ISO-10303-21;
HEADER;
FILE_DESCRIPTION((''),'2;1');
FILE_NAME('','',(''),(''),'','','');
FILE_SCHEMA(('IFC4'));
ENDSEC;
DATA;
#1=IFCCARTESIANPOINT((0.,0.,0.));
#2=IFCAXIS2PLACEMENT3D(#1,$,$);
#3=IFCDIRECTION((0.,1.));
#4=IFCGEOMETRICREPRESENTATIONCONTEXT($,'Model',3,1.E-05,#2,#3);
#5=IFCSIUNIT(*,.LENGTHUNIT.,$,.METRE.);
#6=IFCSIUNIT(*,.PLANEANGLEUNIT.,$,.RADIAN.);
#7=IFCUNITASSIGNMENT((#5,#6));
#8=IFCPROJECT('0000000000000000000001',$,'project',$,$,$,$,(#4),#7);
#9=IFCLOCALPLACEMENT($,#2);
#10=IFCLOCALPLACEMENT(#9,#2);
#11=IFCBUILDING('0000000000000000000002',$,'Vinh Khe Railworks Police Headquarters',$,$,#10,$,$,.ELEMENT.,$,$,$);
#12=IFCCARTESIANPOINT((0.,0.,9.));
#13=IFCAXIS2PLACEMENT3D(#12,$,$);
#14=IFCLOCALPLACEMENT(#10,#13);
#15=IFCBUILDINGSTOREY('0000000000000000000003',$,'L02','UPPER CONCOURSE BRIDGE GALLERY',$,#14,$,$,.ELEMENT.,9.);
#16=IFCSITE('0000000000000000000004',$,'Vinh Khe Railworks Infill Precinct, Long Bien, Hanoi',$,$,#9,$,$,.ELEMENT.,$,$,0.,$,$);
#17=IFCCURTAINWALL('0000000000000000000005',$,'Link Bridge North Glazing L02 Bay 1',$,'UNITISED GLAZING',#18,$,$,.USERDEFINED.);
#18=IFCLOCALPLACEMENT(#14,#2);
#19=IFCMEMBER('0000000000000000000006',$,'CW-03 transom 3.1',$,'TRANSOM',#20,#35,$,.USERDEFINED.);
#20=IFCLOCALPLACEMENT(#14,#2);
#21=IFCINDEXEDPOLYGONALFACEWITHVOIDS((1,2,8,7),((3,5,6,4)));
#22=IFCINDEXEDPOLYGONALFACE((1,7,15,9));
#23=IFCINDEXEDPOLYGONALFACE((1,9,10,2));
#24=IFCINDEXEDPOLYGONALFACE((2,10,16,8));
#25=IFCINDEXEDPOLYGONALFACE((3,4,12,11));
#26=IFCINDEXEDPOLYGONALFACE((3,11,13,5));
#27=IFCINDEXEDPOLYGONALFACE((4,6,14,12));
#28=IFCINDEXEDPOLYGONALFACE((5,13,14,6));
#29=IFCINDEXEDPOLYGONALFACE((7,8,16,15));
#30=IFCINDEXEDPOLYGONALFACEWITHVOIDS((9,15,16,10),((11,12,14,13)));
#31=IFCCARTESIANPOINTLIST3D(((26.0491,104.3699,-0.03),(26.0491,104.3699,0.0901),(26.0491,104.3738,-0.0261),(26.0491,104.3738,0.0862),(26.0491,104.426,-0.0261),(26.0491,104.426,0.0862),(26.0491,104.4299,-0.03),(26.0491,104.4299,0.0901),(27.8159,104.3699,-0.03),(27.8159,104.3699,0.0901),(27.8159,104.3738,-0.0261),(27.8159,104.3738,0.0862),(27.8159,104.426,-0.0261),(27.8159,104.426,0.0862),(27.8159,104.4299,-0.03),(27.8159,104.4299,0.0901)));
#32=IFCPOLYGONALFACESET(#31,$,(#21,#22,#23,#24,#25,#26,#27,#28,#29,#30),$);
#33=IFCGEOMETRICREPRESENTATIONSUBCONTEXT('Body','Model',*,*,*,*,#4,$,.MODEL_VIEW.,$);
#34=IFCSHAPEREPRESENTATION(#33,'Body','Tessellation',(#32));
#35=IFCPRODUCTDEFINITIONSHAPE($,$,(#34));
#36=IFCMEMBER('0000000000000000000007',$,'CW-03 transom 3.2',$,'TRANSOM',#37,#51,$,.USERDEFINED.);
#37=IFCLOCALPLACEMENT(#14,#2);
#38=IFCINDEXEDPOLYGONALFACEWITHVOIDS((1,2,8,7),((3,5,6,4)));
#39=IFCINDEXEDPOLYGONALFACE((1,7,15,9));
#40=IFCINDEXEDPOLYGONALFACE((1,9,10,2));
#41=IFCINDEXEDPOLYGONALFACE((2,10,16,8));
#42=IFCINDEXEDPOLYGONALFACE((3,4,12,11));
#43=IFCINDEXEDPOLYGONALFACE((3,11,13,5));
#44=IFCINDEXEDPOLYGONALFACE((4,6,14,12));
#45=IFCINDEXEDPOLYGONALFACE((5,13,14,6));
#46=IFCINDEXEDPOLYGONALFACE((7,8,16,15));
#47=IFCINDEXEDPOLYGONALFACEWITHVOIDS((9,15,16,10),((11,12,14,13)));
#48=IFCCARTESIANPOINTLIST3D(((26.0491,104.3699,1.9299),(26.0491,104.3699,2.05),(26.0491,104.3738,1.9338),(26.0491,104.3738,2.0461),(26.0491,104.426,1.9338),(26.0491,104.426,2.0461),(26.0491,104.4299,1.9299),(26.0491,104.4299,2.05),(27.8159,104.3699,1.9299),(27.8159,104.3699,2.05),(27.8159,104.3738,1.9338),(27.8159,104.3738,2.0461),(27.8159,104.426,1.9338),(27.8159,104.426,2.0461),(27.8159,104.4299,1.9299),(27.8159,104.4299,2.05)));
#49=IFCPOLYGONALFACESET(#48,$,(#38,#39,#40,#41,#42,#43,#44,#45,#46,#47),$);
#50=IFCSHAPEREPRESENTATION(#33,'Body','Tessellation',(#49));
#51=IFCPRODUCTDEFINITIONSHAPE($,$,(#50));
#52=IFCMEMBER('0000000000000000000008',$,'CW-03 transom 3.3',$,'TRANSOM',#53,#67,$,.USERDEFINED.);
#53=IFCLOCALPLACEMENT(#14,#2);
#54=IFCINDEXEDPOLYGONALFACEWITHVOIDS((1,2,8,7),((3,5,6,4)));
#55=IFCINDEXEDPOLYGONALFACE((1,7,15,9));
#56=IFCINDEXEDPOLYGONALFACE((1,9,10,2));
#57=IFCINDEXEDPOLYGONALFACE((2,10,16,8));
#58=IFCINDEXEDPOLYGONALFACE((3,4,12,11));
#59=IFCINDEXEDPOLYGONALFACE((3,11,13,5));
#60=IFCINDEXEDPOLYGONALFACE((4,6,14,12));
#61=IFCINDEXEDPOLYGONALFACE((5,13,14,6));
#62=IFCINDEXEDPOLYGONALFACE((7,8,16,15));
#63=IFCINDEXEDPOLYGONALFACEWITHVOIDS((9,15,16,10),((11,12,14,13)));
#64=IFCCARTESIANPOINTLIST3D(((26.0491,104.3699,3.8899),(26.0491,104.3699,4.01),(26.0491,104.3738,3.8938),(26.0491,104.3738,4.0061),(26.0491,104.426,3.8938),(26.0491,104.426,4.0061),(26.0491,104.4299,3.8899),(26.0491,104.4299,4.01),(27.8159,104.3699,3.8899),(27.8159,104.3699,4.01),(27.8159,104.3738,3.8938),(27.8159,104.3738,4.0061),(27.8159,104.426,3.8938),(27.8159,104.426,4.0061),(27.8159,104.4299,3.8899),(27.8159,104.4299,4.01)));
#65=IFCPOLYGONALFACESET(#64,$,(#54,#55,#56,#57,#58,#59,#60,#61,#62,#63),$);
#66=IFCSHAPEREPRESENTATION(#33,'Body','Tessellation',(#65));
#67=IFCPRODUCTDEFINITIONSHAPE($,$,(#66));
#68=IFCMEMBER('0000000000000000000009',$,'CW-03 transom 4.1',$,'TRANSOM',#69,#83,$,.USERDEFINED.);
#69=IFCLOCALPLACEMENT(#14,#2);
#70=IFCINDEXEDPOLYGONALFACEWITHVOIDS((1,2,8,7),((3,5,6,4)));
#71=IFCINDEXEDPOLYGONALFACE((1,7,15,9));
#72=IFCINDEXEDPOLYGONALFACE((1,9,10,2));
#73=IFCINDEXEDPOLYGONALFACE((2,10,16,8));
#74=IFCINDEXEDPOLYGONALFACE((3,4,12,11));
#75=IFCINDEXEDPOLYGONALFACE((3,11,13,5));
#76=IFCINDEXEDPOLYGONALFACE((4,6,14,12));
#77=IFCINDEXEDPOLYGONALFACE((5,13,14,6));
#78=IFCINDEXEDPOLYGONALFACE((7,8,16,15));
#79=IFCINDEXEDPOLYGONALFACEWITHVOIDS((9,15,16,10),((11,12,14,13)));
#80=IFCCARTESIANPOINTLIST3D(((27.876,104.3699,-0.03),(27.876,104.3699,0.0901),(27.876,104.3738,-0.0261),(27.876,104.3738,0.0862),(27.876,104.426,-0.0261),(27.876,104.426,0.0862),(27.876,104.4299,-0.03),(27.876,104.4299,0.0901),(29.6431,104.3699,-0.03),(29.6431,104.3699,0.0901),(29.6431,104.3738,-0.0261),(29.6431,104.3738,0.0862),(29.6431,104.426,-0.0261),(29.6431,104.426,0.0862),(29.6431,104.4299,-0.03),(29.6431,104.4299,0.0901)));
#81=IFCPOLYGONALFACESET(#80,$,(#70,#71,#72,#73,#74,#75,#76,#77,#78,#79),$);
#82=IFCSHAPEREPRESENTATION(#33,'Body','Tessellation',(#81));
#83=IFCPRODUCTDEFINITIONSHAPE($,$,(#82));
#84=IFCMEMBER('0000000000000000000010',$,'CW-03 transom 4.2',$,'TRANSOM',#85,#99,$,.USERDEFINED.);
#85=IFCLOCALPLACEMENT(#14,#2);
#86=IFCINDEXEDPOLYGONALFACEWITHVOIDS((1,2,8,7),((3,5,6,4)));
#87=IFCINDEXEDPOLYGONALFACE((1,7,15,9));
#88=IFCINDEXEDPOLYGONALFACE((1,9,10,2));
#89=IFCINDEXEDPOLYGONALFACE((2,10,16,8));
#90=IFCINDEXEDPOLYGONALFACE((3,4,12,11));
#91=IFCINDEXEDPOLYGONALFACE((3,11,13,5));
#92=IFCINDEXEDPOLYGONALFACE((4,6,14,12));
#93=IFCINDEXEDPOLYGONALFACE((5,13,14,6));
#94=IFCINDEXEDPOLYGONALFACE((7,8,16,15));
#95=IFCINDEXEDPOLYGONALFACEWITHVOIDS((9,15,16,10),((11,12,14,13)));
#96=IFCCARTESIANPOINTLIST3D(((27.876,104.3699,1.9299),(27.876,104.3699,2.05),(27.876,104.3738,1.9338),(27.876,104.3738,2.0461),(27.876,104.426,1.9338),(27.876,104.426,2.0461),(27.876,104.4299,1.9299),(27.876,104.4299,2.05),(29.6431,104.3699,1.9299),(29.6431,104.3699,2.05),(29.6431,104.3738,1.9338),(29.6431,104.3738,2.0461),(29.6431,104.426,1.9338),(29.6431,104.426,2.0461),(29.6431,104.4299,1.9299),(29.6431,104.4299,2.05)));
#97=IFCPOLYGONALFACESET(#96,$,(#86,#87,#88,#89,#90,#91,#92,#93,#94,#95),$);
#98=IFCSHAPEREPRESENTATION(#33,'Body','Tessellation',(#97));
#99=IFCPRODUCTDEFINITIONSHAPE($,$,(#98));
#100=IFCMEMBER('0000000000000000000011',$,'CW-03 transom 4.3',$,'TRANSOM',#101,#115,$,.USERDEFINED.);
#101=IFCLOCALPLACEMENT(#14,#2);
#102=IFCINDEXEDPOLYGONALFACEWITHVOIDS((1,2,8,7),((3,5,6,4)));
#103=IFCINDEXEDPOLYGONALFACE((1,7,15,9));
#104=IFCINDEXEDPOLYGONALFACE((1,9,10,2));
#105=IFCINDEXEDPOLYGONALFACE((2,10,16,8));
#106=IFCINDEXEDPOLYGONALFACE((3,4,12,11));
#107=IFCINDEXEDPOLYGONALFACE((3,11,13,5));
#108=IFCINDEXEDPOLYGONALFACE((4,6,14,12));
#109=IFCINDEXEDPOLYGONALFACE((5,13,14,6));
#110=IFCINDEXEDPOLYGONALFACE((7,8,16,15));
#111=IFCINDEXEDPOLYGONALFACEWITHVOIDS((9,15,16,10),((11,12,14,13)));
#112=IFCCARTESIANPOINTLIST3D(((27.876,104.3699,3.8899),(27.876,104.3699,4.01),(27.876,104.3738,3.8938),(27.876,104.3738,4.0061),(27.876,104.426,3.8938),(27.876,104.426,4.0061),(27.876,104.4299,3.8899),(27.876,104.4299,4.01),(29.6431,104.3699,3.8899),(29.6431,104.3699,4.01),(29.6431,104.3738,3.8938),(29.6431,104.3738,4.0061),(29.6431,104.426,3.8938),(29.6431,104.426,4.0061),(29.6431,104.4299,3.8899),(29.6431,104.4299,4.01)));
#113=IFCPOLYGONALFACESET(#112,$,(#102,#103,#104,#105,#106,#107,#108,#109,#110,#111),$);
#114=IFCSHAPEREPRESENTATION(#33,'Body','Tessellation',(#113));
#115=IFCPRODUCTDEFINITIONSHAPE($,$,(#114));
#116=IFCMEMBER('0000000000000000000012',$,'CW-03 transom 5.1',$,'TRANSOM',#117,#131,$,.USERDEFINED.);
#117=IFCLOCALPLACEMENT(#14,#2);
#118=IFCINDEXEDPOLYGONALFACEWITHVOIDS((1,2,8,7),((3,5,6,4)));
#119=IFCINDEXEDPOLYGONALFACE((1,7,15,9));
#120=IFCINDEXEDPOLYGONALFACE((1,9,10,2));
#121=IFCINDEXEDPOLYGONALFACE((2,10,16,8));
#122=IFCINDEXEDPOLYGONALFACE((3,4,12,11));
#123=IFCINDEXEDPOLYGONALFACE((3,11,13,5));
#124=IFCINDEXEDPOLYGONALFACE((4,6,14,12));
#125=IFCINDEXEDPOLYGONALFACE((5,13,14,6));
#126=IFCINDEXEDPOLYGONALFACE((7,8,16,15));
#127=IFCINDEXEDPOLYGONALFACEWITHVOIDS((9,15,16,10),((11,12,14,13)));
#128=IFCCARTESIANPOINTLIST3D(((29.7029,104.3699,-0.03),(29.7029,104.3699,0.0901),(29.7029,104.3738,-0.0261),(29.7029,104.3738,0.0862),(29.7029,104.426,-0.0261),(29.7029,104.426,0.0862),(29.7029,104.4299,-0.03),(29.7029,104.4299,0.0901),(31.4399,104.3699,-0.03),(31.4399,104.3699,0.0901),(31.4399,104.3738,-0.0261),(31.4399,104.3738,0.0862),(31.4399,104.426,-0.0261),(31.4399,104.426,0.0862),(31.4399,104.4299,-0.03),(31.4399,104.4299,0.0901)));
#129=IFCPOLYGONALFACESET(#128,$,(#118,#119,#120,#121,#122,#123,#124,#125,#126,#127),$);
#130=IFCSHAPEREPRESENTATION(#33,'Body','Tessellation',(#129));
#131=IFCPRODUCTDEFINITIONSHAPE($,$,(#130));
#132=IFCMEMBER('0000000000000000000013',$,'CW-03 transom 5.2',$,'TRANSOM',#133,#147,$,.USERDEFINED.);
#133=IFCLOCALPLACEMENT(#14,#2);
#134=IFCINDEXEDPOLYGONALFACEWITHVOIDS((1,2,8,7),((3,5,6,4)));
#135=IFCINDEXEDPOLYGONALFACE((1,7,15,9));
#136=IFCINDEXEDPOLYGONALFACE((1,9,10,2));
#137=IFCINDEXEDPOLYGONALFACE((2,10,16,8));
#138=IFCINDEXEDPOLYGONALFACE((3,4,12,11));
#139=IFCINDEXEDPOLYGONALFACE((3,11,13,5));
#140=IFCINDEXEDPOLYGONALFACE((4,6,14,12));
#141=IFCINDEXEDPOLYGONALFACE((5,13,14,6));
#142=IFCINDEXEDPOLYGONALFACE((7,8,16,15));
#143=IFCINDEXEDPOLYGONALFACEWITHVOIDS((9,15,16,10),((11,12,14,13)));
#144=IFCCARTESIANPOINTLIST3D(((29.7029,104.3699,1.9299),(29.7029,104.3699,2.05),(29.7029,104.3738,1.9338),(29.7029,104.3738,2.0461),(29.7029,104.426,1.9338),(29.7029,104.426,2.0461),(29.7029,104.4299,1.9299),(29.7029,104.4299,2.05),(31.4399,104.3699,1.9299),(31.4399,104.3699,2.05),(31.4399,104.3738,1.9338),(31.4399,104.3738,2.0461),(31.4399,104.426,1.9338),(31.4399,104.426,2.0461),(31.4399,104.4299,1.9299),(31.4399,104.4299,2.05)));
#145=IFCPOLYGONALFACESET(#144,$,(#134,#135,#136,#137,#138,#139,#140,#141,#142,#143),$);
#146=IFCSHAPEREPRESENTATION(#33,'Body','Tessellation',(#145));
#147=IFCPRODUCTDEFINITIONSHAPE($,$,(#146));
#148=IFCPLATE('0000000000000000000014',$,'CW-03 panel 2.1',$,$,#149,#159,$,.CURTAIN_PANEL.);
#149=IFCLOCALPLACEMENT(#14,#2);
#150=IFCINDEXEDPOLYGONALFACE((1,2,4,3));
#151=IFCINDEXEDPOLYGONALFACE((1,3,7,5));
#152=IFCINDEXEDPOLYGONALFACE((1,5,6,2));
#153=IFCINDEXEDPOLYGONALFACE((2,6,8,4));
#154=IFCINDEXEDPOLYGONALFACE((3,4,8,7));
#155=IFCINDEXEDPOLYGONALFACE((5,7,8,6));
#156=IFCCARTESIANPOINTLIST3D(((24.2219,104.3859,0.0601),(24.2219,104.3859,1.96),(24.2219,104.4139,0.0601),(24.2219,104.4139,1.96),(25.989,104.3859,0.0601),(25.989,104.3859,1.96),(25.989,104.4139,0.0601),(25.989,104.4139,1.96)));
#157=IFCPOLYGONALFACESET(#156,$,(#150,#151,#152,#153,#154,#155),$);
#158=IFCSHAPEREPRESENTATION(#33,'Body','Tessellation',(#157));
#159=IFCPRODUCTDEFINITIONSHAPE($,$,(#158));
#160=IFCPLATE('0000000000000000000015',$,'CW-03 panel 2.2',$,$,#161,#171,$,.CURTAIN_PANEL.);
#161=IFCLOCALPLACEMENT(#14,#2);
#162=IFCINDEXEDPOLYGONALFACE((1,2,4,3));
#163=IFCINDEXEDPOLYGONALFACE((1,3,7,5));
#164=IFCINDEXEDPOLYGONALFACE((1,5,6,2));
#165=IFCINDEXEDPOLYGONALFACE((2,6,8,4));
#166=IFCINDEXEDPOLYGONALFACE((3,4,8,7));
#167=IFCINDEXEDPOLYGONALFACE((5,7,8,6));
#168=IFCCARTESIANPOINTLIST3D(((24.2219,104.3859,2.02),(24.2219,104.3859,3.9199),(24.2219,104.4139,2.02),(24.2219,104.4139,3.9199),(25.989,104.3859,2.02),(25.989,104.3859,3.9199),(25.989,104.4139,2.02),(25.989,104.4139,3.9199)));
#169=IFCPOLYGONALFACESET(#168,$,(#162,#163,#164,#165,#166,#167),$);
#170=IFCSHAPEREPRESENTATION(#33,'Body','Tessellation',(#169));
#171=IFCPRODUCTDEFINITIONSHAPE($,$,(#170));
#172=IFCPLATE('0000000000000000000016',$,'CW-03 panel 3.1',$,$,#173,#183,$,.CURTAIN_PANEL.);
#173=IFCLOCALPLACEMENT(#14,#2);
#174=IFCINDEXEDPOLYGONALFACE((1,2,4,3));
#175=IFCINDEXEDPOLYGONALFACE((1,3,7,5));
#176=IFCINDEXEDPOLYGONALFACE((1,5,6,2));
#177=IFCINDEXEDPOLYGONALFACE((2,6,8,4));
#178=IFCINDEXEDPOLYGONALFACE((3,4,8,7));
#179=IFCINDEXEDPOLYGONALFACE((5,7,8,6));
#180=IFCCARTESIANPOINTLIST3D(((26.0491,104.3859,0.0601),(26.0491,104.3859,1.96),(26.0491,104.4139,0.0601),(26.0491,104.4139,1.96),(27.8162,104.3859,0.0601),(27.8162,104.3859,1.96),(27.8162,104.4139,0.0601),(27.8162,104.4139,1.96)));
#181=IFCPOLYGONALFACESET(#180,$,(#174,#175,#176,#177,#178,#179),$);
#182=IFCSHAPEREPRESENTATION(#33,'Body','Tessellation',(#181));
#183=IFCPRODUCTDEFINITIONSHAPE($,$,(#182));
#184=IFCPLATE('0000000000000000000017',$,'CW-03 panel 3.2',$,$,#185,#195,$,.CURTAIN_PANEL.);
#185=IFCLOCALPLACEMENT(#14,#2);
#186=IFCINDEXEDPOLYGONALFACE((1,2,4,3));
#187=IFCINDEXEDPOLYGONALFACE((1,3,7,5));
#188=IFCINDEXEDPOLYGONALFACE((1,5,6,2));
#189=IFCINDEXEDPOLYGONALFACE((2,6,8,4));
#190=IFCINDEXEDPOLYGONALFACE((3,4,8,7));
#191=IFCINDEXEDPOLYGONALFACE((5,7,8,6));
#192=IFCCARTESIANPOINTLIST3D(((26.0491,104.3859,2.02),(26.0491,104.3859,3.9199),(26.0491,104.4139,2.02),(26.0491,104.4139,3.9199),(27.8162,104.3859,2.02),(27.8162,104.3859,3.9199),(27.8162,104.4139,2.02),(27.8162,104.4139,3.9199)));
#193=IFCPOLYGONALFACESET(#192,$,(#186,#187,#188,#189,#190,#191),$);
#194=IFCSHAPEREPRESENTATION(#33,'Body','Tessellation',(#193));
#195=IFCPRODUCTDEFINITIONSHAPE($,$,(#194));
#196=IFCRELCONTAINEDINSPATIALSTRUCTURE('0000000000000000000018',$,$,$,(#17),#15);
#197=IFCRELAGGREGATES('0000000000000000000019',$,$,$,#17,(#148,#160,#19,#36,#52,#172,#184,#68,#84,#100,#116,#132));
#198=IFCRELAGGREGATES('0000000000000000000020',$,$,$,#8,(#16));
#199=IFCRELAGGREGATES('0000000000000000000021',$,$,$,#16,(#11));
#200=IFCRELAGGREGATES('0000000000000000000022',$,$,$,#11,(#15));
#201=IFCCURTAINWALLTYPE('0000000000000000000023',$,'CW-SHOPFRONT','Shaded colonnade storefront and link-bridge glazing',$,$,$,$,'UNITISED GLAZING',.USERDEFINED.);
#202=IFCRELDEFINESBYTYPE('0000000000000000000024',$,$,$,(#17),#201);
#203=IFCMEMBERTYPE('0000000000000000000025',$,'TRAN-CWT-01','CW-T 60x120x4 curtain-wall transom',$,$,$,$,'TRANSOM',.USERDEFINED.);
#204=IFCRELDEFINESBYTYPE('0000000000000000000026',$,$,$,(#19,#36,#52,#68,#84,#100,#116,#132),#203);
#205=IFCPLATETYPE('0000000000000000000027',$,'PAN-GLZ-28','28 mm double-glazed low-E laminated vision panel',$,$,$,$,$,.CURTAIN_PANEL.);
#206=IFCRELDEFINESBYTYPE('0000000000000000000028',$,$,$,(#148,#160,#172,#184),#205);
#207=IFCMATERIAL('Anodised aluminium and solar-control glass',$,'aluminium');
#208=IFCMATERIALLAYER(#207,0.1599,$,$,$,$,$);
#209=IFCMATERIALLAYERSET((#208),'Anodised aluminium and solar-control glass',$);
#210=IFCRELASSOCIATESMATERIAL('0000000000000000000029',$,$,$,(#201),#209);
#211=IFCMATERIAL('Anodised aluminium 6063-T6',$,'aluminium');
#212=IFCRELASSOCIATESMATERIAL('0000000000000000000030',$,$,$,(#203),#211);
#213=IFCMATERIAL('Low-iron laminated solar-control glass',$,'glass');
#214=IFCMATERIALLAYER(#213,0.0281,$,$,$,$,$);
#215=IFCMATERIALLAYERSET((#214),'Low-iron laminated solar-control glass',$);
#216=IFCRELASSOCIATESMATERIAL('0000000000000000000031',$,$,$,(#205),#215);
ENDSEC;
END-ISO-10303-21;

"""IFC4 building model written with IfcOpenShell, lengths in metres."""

from ifc_helpers import new_model, si_unit, direction, frame, origin, origin_2d, place, context, subcontext, project, spatial, rectangle, hollow_rectangle, extrude, material, layer, layer_set, material_profile, profile_set, type_object, element, aggregate, save


model = new_model("IFC4")

# Units and contexts
model_context = context("Model", 3, precision=1e-05, world=origin(), true_north=direction((0.0, 1.0)))
body_context = subcontext(model_context, "Body", "Model", "MODEL_VIEW")
ifc_project = project(units=[si_unit("LENGTHUNIT", "METRE"), si_unit("PLANEANGLEUNIT", "RADIAN")], contexts=[model_context])

# Site, building, storey
site_placement = place(None, origin())
site = spatial("IfcSite", under=ifc_project, at=site_placement, Name="Vinh Khe Railworks Infill Precinct, Long Bien, Hanoi", CompositionType="ELEMENT", RefElevation=0.0)
building_placement = place(site_placement, origin())
building = spatial("IfcBuilding", under=site, at=building_placement, Name="Vinh Khe Railworks Police Headquarters", CompositionType="ELEMENT")
storey_placement = place(building_placement, frame((0.0, 0.0, 9.0)))
storey = spatial("IfcBuildingStorey", under=building, at=storey_placement, Name="L02", Description="UPPER CONCOURSE BRIDGE GALLERY", CompositionType="ELEMENT", Elevation=9.0)

# Curtain wall
ifc_material_1 = material(Name="Anodised aluminium and solar-control glass", Category="aluminium")
ifc_layer_1 = layer(ifc_material_1, 0.1599)
ifc_layer_set_1 = layer_set([ifc_layer_1], Name="Anodised aluminium and solar-control glass")
curtain_wall_type = type_object("IfcCurtainWallType", Name="CW-SHOPFRONT", Description="Shaded colonnade storefront and link-bridge glazing", ElementType="UNITISED GLAZING", PredefinedType="USERDEFINED", material=ifc_layer_set_1)
curtain_wall_placement = place(storey_placement, origin())
curtain_wall = element("IfcCurtainWall", 1, at=curtain_wall_placement, inside=storey, type_object=curtain_wall_type, Name="Link Bridge North Glazing L02 Bay 1", ObjectType="UNITISED GLAZING", PredefinedType="USERDEFINED")
ifc_material_2 = material(Name="Anodised aluminium 6063-T6", Category="aluminium")

# Members
ifc_material_profile_1 = material_profile(ifc_material_2, hollow_rectangle(XDim=0.0601, YDim=0.1201, WallThickness=0.0039, at=origin_2d()), Name="CW-T 60x120x4")
ifc_profile_set_1 = profile_set([ifc_material_profile_1], Name="Anodised aluminium 6063-T6")
member_type_1 = type_object("IfcMemberType", Name="TRAN-CWT-01", Description="CW-T 60x120x4 curtain-wall transom", ElementType="TRANSOM", PredefinedType="USERDEFINED", material=ifc_profile_set_1)
member_1_placement = place(storey_placement, frame((26.0491, 104.3999, 0.03), z_axis=(1.0, 0.0, 0.0), x_axis=(0.0, 1.0, 0.0)))
member_1 = element("IfcMember", 2, at=member_1_placement, type_object=member_type_1, Name="CW-03 transom 3.1", ObjectType="TRANSOM", PredefinedType="USERDEFINED", context=body_context, shape_type="SweptSolid", body=[
    extrude(hollow_rectangle(XDim=0.0601, YDim=0.1201, WallThickness=0.0039, at=origin_2d()), origin(), (0.0, 0.0, 1.0), 1.7668),
])
member_2_placement = place(storey_placement, frame((26.0491, 104.3999, 1.99), z_axis=(1.0, 0.0, 0.0), x_axis=(0.0, 1.0, 0.0)))
member_2 = element("IfcMember", 3, at=member_2_placement, type_object=member_type_1, Name="CW-03 transom 3.2", ObjectType="TRANSOM", PredefinedType="USERDEFINED", context=body_context, shape_type="SweptSolid", body=[
    extrude(hollow_rectangle(XDim=0.0601, YDim=0.1201, WallThickness=0.0039, at=origin_2d()), origin(), (0.0, 0.0, 1.0), 1.7668),
])
member_3_placement = place(storey_placement, frame((26.0491, 104.3999, 3.95), z_axis=(1.0, 0.0, 0.0), x_axis=(0.0, 1.0, 0.0)))
member_3 = element("IfcMember", 4, at=member_3_placement, type_object=member_type_1, Name="CW-03 transom 3.3", ObjectType="TRANSOM", PredefinedType="USERDEFINED", context=body_context, shape_type="SweptSolid", body=[
    extrude(hollow_rectangle(XDim=0.0601, YDim=0.1201, WallThickness=0.0039, at=origin_2d()), origin(), (0.0, 0.0, 1.0), 1.7668),
])
member_4_placement = place(storey_placement, frame((27.876, 104.3999, 0.03), z_axis=(1.0, 0.0, 0.0), x_axis=(0.0, 1.0, 0.0)))
member_4 = element("IfcMember", 5, at=member_4_placement, type_object=member_type_1, Name="CW-03 transom 4.1", ObjectType="TRANSOM", PredefinedType="USERDEFINED", context=body_context, shape_type="SweptSolid", body=[
    extrude(hollow_rectangle(XDim=0.0601, YDim=0.1201, WallThickness=0.0039, at=origin_2d()), origin(), (0.0, 0.0, 1.0), 1.7671),
])
member_5_placement = place(storey_placement, frame((27.876, 104.3999, 1.99), z_axis=(1.0, 0.0, 0.0), x_axis=(0.0, 1.0, 0.0)))
member_5 = element("IfcMember", 6, at=member_5_placement, type_object=member_type_1, Name="CW-03 transom 4.2", ObjectType="TRANSOM", PredefinedType="USERDEFINED", context=body_context, shape_type="SweptSolid", body=[
    extrude(hollow_rectangle(XDim=0.0601, YDim=0.1201, WallThickness=0.0039, at=origin_2d()), origin(), (0.0, 0.0, 1.0), 1.7671),
])
member_6_placement = place(storey_placement, frame((27.876, 104.3999, 3.95), z_axis=(1.0, 0.0, 0.0), x_axis=(0.0, 1.0, 0.0)))
member_6 = element("IfcMember", 7, at=member_6_placement, type_object=member_type_1, Name="CW-03 transom 4.3", ObjectType="TRANSOM", PredefinedType="USERDEFINED", context=body_context, shape_type="SweptSolid", body=[
    extrude(hollow_rectangle(XDim=0.0601, YDim=0.1201, WallThickness=0.0039, at=origin_2d()), origin(), (0.0, 0.0, 1.0), 1.7671),
])
member_7_placement = place(storey_placement, frame((29.7029, 104.3999, 0.03), z_axis=(1.0, 0.0, 0.0), x_axis=(0.0, 1.0, 0.0)))
member_7 = element("IfcMember", 8, at=member_7_placement, type_object=member_type_1, Name="CW-03 transom 5.1", ObjectType="TRANSOM", PredefinedType="USERDEFINED", context=body_context, shape_type="SweptSolid", body=[
    extrude(hollow_rectangle(XDim=0.0601, YDim=0.1201, WallThickness=0.0039, at=origin_2d()), origin(), (0.0, 0.0, 1.0), 1.7371),
])
member_8_placement = place(storey_placement, frame((29.7029, 104.3999, 1.99), z_axis=(1.0, 0.0, 0.0), x_axis=(0.0, 1.0, 0.0)))
member_8 = element("IfcMember", 9, at=member_8_placement, type_object=member_type_1, Name="CW-03 transom 5.2", ObjectType="TRANSOM", PredefinedType="USERDEFINED", context=body_context, shape_type="SweptSolid", body=[
    extrude(hollow_rectangle(XDim=0.0601, YDim=0.1201, WallThickness=0.0039, at=origin_2d()), origin(), (0.0, 0.0, 1.0), 1.7371),
])

# Plates
ifc_material_3 = material(Name="Low-iron laminated solar-control glass", Category="glass")
ifc_layer_2 = layer(ifc_material_3, 0.0281)
ifc_layer_set_2 = layer_set([ifc_layer_2], Name="Low-iron laminated solar-control glass")
plate_type = type_object("IfcPlateType", Name="PAN-GLZ-28", Description="28 mm double-glazed low-E laminated vision panel", PredefinedType="CURTAIN_PANEL", material=ifc_layer_set_2)
plate_1_placement = place(storey_placement, frame((25.1055, 104.3999, 0.0601), z_axis=(0.0, 0.0, 1.0), x_axis=(1.0, 0.0, 0.0)))
plate_1 = element("IfcPlate", 10, at=plate_1_placement, type_object=plate_type, Name="CW-03 panel 2.1", PredefinedType="CURTAIN_PANEL", context=body_context, shape_type="SweptSolid", body=[
    extrude(rectangle(XDim=1.7671, YDim=0.0281, at=origin_2d()), origin(), (0.0, 0.0, 1.0), 1.8999),
])
plate_2_placement = place(storey_placement, frame((25.1055, 104.3999, 2.02), z_axis=(0.0, 0.0, 1.0), x_axis=(1.0, 0.0, 0.0)))
plate_2 = element("IfcPlate", 11, at=plate_2_placement, type_object=plate_type, Name="CW-03 panel 2.2", PredefinedType="CURTAIN_PANEL", context=body_context, shape_type="SweptSolid", body=[
    extrude(rectangle(XDim=1.7671, YDim=0.0281, at=origin_2d()), origin(), (0.0, 0.0, 1.0), 1.8999),
])
plate_3_placement = place(storey_placement, frame((26.9326, 104.3999, 0.0601), z_axis=(0.0, 0.0, 1.0), x_axis=(1.0, 0.0, 0.0)))
plate_3 = element("IfcPlate", 12, at=plate_3_placement, type_object=plate_type, Name="CW-03 panel 3.1", PredefinedType="CURTAIN_PANEL", context=body_context, shape_type="SweptSolid", body=[
    extrude(rectangle(XDim=1.7671, YDim=0.0281, at=origin_2d()), origin(), (0.0, 0.0, 1.0), 1.8999),
])
plate_4_placement = place(storey_placement, frame((26.9326, 104.3999, 2.02), z_axis=(0.0, 0.0, 1.0), x_axis=(1.0, 0.0, 0.0)))
plate_4 = element("IfcPlate", 13, at=plate_4_placement, type_object=plate_type, Name="CW-03 panel 3.2", PredefinedType="CURTAIN_PANEL", context=body_context, shape_type="SweptSolid", body=[
    extrude(rectangle(XDim=1.7671, YDim=0.0281, at=origin_2d()), origin(), (0.0, 0.0, 1.0), 1.8999),
])
aggregate(curtain_wall, [plate_1, plate_2, member_1, member_2, member_3, plate_3, plate_4, member_4, member_5, member_6, member_7, member_8])

save(model, "model.ifc")
